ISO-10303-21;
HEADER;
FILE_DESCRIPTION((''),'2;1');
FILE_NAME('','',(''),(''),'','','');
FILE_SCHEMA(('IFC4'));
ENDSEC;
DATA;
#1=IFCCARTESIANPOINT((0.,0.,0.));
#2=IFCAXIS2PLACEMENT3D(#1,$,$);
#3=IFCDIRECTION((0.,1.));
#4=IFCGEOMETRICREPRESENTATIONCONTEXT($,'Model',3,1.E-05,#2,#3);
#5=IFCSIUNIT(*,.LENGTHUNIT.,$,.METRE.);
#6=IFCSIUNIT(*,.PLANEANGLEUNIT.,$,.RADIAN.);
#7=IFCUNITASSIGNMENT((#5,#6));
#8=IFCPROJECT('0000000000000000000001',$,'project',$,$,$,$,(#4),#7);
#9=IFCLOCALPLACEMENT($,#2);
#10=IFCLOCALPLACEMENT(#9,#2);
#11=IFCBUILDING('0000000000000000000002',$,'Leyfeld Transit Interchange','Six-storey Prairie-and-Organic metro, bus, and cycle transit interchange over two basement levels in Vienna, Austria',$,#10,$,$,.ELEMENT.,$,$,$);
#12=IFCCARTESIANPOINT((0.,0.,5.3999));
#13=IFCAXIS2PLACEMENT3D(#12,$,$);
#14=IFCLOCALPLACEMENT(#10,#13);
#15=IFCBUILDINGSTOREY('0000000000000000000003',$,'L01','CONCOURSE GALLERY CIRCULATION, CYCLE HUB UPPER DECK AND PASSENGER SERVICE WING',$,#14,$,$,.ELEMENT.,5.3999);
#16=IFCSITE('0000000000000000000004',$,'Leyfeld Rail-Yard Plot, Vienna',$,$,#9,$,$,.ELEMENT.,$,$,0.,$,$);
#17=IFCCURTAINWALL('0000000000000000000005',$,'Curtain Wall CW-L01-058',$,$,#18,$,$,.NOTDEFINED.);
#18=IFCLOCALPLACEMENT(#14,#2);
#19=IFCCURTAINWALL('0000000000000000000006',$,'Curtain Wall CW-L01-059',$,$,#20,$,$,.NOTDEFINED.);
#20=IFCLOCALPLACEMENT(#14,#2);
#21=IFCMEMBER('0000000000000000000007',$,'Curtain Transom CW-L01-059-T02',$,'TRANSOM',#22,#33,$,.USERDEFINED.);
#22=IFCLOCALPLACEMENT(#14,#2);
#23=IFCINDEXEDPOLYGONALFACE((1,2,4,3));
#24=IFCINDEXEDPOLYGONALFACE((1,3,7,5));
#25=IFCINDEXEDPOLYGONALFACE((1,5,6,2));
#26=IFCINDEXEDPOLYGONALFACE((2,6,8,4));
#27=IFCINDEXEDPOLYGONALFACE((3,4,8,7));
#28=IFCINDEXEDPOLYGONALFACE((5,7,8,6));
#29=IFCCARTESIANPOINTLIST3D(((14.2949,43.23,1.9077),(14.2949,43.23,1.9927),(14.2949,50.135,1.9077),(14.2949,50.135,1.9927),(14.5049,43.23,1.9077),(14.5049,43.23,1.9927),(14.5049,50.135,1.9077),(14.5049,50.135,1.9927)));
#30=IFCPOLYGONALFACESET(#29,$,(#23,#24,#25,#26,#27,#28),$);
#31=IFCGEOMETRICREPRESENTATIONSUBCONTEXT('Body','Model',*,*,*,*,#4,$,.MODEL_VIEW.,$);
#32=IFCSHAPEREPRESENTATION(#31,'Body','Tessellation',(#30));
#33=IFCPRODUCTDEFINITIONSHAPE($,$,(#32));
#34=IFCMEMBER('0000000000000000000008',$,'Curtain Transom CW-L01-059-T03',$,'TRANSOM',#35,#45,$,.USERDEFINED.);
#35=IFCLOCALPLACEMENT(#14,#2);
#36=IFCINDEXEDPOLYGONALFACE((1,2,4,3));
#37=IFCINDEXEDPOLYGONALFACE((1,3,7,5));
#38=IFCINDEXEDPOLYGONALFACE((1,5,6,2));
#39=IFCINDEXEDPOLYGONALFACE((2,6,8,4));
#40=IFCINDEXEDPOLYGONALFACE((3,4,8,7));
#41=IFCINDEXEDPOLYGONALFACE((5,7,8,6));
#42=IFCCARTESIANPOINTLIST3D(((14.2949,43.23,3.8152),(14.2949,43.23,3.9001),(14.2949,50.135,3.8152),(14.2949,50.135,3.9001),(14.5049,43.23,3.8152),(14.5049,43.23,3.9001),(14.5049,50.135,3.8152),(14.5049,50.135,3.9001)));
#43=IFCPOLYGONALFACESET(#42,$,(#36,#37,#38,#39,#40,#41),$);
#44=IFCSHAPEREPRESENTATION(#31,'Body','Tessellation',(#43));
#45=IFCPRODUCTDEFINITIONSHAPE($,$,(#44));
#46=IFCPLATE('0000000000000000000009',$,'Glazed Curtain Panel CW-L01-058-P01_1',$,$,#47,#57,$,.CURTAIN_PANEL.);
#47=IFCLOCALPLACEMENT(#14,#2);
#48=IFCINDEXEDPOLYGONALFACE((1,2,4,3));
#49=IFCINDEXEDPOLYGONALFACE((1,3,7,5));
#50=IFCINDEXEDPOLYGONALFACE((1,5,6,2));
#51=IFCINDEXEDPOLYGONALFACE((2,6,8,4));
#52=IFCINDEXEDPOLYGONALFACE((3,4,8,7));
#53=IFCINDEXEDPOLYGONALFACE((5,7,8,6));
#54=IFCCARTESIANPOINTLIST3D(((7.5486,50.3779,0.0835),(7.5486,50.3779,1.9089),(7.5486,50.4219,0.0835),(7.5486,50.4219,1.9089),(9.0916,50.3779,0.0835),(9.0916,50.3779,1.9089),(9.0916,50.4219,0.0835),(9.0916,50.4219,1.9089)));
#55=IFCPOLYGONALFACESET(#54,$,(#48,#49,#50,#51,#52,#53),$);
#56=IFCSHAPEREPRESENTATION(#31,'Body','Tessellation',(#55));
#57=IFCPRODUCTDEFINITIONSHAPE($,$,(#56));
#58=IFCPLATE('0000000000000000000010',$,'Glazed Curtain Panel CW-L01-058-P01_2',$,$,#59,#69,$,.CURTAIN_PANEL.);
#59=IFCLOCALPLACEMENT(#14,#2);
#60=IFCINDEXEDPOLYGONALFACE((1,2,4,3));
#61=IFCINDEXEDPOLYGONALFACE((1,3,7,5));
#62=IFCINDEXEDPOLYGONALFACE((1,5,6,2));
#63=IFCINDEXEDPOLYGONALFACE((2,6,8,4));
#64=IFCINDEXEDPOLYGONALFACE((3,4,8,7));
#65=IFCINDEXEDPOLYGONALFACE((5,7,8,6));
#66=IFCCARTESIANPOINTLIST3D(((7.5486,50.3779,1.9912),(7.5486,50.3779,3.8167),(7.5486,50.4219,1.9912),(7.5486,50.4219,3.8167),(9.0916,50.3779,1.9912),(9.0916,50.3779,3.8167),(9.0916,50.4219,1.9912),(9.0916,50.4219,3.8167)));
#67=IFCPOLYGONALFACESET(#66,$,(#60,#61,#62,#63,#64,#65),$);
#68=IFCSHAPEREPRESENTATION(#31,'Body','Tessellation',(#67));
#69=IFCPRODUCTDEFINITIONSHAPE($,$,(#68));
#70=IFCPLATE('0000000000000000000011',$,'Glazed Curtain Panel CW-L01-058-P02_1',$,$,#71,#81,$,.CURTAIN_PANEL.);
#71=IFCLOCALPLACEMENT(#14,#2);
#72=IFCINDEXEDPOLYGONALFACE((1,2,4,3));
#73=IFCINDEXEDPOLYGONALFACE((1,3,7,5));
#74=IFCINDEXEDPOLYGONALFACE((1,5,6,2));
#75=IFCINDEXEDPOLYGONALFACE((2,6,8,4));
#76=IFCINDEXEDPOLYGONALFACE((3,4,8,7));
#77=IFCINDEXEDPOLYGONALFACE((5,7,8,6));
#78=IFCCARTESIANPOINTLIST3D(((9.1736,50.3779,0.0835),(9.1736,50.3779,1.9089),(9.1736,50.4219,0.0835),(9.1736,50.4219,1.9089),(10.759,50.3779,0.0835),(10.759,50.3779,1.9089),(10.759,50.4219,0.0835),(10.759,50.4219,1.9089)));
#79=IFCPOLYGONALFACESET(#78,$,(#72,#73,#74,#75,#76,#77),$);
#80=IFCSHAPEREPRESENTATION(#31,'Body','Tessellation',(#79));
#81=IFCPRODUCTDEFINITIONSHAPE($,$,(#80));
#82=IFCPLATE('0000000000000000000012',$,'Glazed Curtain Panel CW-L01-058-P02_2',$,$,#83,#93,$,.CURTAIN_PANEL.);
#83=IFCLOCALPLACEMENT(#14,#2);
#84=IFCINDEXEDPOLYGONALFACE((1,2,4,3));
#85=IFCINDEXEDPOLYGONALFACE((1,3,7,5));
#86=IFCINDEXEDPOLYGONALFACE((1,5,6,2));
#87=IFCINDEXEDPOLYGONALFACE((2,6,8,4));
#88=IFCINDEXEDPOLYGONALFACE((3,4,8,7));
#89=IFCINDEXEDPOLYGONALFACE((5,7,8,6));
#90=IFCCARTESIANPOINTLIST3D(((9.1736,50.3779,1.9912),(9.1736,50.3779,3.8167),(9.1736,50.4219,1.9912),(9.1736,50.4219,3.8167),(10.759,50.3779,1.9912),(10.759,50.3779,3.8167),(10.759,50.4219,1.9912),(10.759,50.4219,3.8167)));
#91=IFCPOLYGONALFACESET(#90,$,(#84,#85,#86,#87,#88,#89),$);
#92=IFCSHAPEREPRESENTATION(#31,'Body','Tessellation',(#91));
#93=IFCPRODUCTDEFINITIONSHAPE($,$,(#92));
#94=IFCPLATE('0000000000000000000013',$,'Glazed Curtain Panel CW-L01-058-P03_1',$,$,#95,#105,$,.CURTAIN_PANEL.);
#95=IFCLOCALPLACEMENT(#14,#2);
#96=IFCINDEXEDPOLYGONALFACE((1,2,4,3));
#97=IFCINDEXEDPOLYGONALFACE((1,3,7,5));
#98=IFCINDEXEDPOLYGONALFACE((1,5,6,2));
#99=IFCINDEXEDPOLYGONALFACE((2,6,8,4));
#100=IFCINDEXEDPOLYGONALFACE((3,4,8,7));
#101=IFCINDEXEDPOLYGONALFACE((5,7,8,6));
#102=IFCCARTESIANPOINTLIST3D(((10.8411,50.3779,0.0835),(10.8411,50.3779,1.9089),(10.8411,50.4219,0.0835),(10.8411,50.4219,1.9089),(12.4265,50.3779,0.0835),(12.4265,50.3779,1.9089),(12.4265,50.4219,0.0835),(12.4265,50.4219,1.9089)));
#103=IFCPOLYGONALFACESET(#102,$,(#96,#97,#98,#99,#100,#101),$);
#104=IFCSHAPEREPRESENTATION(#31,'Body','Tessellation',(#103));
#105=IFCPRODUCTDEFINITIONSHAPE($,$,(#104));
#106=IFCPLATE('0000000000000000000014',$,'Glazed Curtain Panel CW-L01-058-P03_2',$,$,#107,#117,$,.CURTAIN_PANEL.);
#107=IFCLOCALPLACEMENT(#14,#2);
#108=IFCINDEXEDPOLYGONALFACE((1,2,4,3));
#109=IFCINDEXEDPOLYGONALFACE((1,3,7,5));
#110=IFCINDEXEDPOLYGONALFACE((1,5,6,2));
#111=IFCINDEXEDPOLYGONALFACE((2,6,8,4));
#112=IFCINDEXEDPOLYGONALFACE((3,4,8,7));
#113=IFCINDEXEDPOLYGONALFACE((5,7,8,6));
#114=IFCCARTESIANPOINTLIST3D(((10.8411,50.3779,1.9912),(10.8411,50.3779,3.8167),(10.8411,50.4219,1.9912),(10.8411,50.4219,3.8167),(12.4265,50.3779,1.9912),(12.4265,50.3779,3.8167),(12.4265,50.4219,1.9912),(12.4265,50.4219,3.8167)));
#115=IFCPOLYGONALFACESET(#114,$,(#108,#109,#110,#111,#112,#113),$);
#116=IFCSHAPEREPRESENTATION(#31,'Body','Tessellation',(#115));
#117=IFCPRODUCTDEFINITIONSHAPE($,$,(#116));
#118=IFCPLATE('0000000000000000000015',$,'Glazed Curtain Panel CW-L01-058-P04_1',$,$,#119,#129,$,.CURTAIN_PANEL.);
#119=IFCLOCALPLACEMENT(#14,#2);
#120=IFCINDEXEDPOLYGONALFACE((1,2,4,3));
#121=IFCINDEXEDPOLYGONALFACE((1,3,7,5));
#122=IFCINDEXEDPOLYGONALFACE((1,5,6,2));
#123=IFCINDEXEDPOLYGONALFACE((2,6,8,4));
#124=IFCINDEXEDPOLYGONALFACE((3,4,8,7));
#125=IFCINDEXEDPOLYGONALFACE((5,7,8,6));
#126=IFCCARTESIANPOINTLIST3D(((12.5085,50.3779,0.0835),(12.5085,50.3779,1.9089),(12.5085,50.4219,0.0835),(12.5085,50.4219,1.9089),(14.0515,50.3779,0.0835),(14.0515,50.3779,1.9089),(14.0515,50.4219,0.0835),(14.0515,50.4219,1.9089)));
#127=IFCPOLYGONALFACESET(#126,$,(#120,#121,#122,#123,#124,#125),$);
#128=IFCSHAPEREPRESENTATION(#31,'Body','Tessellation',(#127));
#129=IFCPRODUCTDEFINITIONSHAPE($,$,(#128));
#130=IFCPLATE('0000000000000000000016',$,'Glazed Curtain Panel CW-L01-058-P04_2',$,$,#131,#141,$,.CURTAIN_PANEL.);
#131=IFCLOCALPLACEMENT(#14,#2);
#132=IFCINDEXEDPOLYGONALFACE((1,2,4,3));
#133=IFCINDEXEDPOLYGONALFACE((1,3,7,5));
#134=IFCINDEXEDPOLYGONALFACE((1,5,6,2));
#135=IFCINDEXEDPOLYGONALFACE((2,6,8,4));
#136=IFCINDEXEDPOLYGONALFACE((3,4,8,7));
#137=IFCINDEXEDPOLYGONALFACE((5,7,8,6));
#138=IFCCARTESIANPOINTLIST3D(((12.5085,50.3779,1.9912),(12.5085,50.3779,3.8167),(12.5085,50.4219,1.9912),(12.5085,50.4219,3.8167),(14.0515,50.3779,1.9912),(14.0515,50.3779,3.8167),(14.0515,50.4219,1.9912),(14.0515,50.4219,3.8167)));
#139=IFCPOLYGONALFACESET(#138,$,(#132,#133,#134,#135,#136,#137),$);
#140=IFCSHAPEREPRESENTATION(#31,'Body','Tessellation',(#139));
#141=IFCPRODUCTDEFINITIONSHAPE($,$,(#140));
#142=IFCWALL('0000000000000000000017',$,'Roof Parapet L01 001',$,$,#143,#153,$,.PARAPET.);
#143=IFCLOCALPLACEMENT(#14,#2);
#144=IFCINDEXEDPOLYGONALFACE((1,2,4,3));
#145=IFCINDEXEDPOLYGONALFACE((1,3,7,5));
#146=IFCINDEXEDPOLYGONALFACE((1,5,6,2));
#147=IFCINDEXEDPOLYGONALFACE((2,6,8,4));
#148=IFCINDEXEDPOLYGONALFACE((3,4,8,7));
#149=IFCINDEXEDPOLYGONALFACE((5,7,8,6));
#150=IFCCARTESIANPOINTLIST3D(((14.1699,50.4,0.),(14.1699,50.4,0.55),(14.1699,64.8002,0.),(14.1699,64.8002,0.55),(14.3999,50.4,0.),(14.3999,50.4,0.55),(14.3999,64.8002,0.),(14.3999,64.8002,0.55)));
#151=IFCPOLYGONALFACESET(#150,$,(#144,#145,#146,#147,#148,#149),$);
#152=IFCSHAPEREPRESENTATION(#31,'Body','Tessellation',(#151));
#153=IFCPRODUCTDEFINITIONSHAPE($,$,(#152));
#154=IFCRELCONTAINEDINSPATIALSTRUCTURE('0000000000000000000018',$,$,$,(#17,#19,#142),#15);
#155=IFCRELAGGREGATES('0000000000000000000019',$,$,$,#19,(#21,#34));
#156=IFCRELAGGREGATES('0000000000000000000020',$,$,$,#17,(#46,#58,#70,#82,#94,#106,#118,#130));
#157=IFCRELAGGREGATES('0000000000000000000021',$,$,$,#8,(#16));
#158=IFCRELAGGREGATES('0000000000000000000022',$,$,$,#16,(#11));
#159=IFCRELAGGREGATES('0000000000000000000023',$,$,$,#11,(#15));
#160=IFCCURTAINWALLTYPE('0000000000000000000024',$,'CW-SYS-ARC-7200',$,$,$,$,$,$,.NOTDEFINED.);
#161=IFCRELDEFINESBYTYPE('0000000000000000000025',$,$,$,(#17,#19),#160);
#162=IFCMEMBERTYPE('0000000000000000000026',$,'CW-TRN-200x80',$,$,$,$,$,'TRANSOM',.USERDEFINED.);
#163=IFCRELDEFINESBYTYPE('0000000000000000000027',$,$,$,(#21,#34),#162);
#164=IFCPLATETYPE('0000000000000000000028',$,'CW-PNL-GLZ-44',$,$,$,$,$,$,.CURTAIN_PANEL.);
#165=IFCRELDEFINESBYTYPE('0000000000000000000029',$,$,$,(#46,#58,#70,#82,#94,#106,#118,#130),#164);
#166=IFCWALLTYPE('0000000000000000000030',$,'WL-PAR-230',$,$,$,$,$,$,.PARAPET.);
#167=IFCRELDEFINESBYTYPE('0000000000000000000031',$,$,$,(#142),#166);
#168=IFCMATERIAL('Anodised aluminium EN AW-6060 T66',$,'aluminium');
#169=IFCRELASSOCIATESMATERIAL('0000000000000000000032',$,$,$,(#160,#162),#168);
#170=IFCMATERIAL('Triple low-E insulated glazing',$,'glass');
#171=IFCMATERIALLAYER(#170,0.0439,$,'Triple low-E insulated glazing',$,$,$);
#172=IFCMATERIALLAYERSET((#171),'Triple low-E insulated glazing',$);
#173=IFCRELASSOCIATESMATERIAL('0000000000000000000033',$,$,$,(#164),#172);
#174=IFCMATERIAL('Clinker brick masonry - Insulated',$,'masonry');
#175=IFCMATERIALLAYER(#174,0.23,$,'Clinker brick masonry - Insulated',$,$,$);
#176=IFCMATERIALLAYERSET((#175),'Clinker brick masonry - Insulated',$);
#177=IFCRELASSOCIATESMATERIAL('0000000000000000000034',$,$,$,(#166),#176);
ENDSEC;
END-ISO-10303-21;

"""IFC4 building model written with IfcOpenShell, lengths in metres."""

from ifc_helpers import new_model, si_unit, direction, frame, frame_2d, origin, origin_2d, place, context, subcontext, project, spatial, rectangle, extrude, material, layer, layer_set, material_profile, profile_set, type_object, element, aggregate, save


model = new_model("IFC4")

# Units and contexts
model_context = context("Model", 3, precision=1e-05, world=origin(), true_north=direction((0.0, 1.0)))
body_context = subcontext(model_context, "Body", "Model", "MODEL_VIEW")
ifc_project = project(units=[si_unit("LENGTHUNIT", "METRE"), si_unit("PLANEANGLEUNIT", "RADIAN")], contexts=[model_context])

# Site, building, storey
site_placement = place(None, origin())
site = spatial("IfcSite", under=ifc_project, at=site_placement, Name="Leyfeld Rail-Yard Plot, Vienna", CompositionType="ELEMENT", RefElevation=0.0)
building_placement = place(site_placement, origin())
building = spatial("IfcBuilding", under=site, at=building_placement, Name="Leyfeld Transit Interchange", Description="Six-storey Prairie-and-Organic metro, bus, and cycle transit interchange over two basement levels in Vienna, Austria", CompositionType="ELEMENT")
storey_placement = place(building_placement, frame((0.0, 0.0, 5.3999)))
storey = spatial("IfcBuildingStorey", under=building, at=storey_placement, Name="L01", Description="CONCOURSE GALLERY CIRCULATION, CYCLE HUB UPPER DECK AND PASSENGER SERVICE WING", CompositionType="ELEMENT", Elevation=5.3999)

# Curtain wall
ifc_material_1 = material(Name="Anodised aluminium EN AW-6060 T66", Category="aluminium")
curtain_wall_type = type_object("IfcCurtainWallType", Name="CW-SYS-ARC-7200", PredefinedType="NOTDEFINED", material=ifc_material_1)
curtain_wall_1_placement = place(storey_placement, origin())
curtain_wall_1 = element("IfcCurtainWall", 1, at=curtain_wall_1_placement, inside=storey, type_object=curtain_wall_type, Name="Curtain Wall CW-L01-058", PredefinedType="NOTDEFINED")

# Curtain wall
curtain_wall_2_placement = place(storey_placement, origin())
curtain_wall_2 = element("IfcCurtainWall", 2, at=curtain_wall_2_placement, inside=storey, type_object=curtain_wall_type, Name="Curtain Wall CW-L01-059", PredefinedType="NOTDEFINED")

# Members
ifc_material_profile_1 = material_profile(ifc_material_1, rectangle(XDim=0.21, YDim=0.085, at=origin_2d()), Name="CW-TRN-200x80")
ifc_profile_set_1 = profile_set([ifc_material_profile_1], Name="Anodised aluminium EN AW-6060 T66")
member_type_1 = type_object("IfcMemberType", Name="CW-TRN-200x80", ElementType="TRANSOM", PredefinedType="USERDEFINED", material=ifc_profile_set_1)
member_1_placement = place(storey_placement, frame((14.3999, 50.135, 1.9502), z_axis=(0.0, -1.0, 0.0), x_axis=(1.0, 0.0, 0.0)))
member_1 = element("IfcMember", 3, at=member_1_placement, type_object=member_type_1, Name="Curtain Transom CW-L01-059-T02", ObjectType="TRANSOM", PredefinedType="USERDEFINED", context=body_context, shape_type="SweptSolid", body=[
    extrude(rectangle(XDim=0.21, YDim=0.085, at=origin_2d()), origin(), (0.0, 0.0, 1.0), 6.905),
])
member_2_placement = place(storey_placement, frame((14.3999, 50.135, 3.8577), z_axis=(0.0, -1.0, 0.0), x_axis=(1.0, 0.0, 0.0)))
member_2 = element("IfcMember", 4, at=member_2_placement, type_object=member_type_1, Name="Curtain Transom CW-L01-059-T03", ObjectType="TRANSOM", PredefinedType="USERDEFINED", context=body_context, shape_type="SweptSolid", body=[
    extrude(rectangle(XDim=0.21, YDim=0.085, at=origin_2d()), origin(), (0.0, 0.0, 1.0), 6.905),
])
aggregate(curtain_wall_2, [member_1, member_2])

# Plates
ifc_material_2 = material(Name="Triple low-E insulated glazing", Category="glass")
ifc_layer_1 = layer(ifc_material_2, 0.0439, Name="Triple low-E insulated glazing")
ifc_layer_set_1 = layer_set([ifc_layer_1], Name="Triple low-E insulated glazing")
plate_type = type_object("IfcPlateType", Name="CW-PNL-GLZ-44", PredefinedType="CURTAIN_PANEL", material=ifc_layer_set_1)
plate_1_placement = place(storey_placement, frame((8.3201, 50.3999, 0.0835), z_axis=(0.0, 0.0, 1.0), x_axis=(1.0, 0.0, 0.0)))
plate_1 = element("IfcPlate", 5, at=plate_1_placement, type_object=plate_type, Name="Glazed Curtain Panel CW-L01-058-P01_1", PredefinedType="CURTAIN_PANEL", context=body_context, shape_type="SweptSolid", body=[
    extrude(rectangle(XDim=1.543, YDim=0.0439, at=origin_2d()), origin(), (0.0, 0.0, 1.0), 1.8254),
])
plate_2_placement = place(storey_placement, frame((8.3201, 50.3999, 1.9912), z_axis=(0.0, 0.0, 1.0), x_axis=(1.0, 0.0, 0.0)))
plate_2 = element("IfcPlate", 6, at=plate_2_placement, type_object=plate_type, Name="Glazed Curtain Panel CW-L01-058-P01_2", PredefinedType="CURTAIN_PANEL", context=body_context, shape_type="SweptSolid", body=[
    extrude(rectangle(XDim=1.543, YDim=0.0439, at=origin_2d()), origin(), (0.0, 0.0, 1.0), 1.8254),
])
plate_3_placement = place(storey_placement, frame((9.9663, 50.3999, 0.0835), z_axis=(0.0, 0.0, 1.0), x_axis=(1.0, 0.0, 0.0)))
plate_3 = element("IfcPlate", 7, at=plate_3_placement, type_object=plate_type, Name="Glazed Curtain Panel CW-L01-058-P02_1", PredefinedType="CURTAIN_PANEL", context=body_context, shape_type="SweptSolid", body=[
    extrude(rectangle(XDim=1.5854, YDim=0.0439, at=origin_2d()), origin(), (0.0, 0.0, 1.0), 1.8254),
])
plate_4_placement = place(storey_placement, frame((9.9663, 50.3999, 1.9912), z_axis=(0.0, 0.0, 1.0), x_axis=(1.0, 0.0, 0.0)))
plate_4 = element("IfcPlate", 8, at=plate_4_placement, type_object=plate_type, Name="Glazed Curtain Panel CW-L01-058-P02_2", PredefinedType="CURTAIN_PANEL", context=body_context, shape_type="SweptSolid", body=[
    extrude(rectangle(XDim=1.5854, YDim=0.0439, at=origin_2d()), origin(), (0.0, 0.0, 1.0), 1.8254),
])
plate_5_placement = place(storey_placement, frame((11.6338, 50.3999, 0.0835), z_axis=(0.0, 0.0, 1.0), x_axis=(1.0, 0.0, 0.0)))
plate_5 = element("IfcPlate", 9, at=plate_5_placement, type_object=plate_type, Name="Glazed Curtain Panel CW-L01-058-P03_1", PredefinedType="CURTAIN_PANEL", context=body_context, shape_type="SweptSolid", body=[
    extrude(rectangle(XDim=1.5854, YDim=0.0439, at=origin_2d()), origin(), (0.0, 0.0, 1.0), 1.8254),
])
plate_6_placement = place(storey_placement, frame((11.6338, 50.3999, 1.9912), z_axis=(0.0, 0.0, 1.0), x_axis=(1.0, 0.0, 0.0)))
plate_6 = element("IfcPlate", 10, at=plate_6_placement, type_object=plate_type, Name="Glazed Curtain Panel CW-L01-058-P03_2", PredefinedType="CURTAIN_PANEL", context=body_context, shape_type="SweptSolid", body=[
    extrude(rectangle(XDim=1.5854, YDim=0.0439, at=origin_2d()), origin(), (0.0, 0.0, 1.0), 1.8254),
])
plate_7_placement = place(storey_placement, frame((13.28, 50.3999, 0.0835), z_axis=(0.0, 0.0, 1.0), x_axis=(1.0, 0.0, 0.0)))
plate_7 = element("IfcPlate", 11, at=plate_7_placement, type_object=plate_type, Name="Glazed Curtain Panel CW-L01-058-P04_1", PredefinedType="CURTAIN_PANEL", context=body_context, shape_type="SweptSolid", body=[
    extrude(rectangle(XDim=1.543, YDim=0.0439, at=origin_2d()), origin(), (0.0, 0.0, 1.0), 1.8254),
])
plate_8_placement = place(storey_placement, frame((13.28, 50.3999, 1.9912), z_axis=(0.0, 0.0, 1.0), x_axis=(1.0, 0.0, 0.0)))
plate_8 = element("IfcPlate", 12, at=plate_8_placement, type_object=plate_type, Name="Glazed Curtain Panel CW-L01-058-P04_2", PredefinedType="CURTAIN_PANEL", context=body_context, shape_type="SweptSolid", body=[
    extrude(rectangle(XDim=1.543, YDim=0.0439, at=origin_2d()), origin(), (0.0, 0.0, 1.0), 1.8254),
])
aggregate(curtain_wall_1, [plate_1, plate_2, plate_3, plate_4, plate_5, plate_6, plate_7, plate_8])

# Wall
ifc_material_3 = material(Name="Clinker brick masonry - Insulated", Category="masonry")
ifc_layer_2 = layer(ifc_material_3, 0.23, Name="Clinker brick masonry - Insulated")
ifc_layer_set_2 = layer_set([ifc_layer_2], Name="Clinker brick masonry - Insulated")
wall_type = type_object("IfcWallType", Name="WL-PAR-230", PredefinedType="PARAPET", material=ifc_layer_set_2)
wall_placement = place(storey_placement, frame((14.2849, 50.3999, 0.0), z_axis=(0.0, 0.0, 1.0), x_axis=(0.0, 1.0, 0.0)))
element("IfcWall", 13, at=wall_placement, inside=storey, type_object=wall_type, Name="Roof Parapet L01 001", PredefinedType="PARAPET", context=body_context, shape_type="SweptSolid", body=[
    extrude(rectangle(XDim=14.4001, YDim=0.23, at=frame_2d((7.2002, 0.0))), origin(), (0.0, 0.0, 1.0), 0.55),
])

save(model, "model.ifc")
